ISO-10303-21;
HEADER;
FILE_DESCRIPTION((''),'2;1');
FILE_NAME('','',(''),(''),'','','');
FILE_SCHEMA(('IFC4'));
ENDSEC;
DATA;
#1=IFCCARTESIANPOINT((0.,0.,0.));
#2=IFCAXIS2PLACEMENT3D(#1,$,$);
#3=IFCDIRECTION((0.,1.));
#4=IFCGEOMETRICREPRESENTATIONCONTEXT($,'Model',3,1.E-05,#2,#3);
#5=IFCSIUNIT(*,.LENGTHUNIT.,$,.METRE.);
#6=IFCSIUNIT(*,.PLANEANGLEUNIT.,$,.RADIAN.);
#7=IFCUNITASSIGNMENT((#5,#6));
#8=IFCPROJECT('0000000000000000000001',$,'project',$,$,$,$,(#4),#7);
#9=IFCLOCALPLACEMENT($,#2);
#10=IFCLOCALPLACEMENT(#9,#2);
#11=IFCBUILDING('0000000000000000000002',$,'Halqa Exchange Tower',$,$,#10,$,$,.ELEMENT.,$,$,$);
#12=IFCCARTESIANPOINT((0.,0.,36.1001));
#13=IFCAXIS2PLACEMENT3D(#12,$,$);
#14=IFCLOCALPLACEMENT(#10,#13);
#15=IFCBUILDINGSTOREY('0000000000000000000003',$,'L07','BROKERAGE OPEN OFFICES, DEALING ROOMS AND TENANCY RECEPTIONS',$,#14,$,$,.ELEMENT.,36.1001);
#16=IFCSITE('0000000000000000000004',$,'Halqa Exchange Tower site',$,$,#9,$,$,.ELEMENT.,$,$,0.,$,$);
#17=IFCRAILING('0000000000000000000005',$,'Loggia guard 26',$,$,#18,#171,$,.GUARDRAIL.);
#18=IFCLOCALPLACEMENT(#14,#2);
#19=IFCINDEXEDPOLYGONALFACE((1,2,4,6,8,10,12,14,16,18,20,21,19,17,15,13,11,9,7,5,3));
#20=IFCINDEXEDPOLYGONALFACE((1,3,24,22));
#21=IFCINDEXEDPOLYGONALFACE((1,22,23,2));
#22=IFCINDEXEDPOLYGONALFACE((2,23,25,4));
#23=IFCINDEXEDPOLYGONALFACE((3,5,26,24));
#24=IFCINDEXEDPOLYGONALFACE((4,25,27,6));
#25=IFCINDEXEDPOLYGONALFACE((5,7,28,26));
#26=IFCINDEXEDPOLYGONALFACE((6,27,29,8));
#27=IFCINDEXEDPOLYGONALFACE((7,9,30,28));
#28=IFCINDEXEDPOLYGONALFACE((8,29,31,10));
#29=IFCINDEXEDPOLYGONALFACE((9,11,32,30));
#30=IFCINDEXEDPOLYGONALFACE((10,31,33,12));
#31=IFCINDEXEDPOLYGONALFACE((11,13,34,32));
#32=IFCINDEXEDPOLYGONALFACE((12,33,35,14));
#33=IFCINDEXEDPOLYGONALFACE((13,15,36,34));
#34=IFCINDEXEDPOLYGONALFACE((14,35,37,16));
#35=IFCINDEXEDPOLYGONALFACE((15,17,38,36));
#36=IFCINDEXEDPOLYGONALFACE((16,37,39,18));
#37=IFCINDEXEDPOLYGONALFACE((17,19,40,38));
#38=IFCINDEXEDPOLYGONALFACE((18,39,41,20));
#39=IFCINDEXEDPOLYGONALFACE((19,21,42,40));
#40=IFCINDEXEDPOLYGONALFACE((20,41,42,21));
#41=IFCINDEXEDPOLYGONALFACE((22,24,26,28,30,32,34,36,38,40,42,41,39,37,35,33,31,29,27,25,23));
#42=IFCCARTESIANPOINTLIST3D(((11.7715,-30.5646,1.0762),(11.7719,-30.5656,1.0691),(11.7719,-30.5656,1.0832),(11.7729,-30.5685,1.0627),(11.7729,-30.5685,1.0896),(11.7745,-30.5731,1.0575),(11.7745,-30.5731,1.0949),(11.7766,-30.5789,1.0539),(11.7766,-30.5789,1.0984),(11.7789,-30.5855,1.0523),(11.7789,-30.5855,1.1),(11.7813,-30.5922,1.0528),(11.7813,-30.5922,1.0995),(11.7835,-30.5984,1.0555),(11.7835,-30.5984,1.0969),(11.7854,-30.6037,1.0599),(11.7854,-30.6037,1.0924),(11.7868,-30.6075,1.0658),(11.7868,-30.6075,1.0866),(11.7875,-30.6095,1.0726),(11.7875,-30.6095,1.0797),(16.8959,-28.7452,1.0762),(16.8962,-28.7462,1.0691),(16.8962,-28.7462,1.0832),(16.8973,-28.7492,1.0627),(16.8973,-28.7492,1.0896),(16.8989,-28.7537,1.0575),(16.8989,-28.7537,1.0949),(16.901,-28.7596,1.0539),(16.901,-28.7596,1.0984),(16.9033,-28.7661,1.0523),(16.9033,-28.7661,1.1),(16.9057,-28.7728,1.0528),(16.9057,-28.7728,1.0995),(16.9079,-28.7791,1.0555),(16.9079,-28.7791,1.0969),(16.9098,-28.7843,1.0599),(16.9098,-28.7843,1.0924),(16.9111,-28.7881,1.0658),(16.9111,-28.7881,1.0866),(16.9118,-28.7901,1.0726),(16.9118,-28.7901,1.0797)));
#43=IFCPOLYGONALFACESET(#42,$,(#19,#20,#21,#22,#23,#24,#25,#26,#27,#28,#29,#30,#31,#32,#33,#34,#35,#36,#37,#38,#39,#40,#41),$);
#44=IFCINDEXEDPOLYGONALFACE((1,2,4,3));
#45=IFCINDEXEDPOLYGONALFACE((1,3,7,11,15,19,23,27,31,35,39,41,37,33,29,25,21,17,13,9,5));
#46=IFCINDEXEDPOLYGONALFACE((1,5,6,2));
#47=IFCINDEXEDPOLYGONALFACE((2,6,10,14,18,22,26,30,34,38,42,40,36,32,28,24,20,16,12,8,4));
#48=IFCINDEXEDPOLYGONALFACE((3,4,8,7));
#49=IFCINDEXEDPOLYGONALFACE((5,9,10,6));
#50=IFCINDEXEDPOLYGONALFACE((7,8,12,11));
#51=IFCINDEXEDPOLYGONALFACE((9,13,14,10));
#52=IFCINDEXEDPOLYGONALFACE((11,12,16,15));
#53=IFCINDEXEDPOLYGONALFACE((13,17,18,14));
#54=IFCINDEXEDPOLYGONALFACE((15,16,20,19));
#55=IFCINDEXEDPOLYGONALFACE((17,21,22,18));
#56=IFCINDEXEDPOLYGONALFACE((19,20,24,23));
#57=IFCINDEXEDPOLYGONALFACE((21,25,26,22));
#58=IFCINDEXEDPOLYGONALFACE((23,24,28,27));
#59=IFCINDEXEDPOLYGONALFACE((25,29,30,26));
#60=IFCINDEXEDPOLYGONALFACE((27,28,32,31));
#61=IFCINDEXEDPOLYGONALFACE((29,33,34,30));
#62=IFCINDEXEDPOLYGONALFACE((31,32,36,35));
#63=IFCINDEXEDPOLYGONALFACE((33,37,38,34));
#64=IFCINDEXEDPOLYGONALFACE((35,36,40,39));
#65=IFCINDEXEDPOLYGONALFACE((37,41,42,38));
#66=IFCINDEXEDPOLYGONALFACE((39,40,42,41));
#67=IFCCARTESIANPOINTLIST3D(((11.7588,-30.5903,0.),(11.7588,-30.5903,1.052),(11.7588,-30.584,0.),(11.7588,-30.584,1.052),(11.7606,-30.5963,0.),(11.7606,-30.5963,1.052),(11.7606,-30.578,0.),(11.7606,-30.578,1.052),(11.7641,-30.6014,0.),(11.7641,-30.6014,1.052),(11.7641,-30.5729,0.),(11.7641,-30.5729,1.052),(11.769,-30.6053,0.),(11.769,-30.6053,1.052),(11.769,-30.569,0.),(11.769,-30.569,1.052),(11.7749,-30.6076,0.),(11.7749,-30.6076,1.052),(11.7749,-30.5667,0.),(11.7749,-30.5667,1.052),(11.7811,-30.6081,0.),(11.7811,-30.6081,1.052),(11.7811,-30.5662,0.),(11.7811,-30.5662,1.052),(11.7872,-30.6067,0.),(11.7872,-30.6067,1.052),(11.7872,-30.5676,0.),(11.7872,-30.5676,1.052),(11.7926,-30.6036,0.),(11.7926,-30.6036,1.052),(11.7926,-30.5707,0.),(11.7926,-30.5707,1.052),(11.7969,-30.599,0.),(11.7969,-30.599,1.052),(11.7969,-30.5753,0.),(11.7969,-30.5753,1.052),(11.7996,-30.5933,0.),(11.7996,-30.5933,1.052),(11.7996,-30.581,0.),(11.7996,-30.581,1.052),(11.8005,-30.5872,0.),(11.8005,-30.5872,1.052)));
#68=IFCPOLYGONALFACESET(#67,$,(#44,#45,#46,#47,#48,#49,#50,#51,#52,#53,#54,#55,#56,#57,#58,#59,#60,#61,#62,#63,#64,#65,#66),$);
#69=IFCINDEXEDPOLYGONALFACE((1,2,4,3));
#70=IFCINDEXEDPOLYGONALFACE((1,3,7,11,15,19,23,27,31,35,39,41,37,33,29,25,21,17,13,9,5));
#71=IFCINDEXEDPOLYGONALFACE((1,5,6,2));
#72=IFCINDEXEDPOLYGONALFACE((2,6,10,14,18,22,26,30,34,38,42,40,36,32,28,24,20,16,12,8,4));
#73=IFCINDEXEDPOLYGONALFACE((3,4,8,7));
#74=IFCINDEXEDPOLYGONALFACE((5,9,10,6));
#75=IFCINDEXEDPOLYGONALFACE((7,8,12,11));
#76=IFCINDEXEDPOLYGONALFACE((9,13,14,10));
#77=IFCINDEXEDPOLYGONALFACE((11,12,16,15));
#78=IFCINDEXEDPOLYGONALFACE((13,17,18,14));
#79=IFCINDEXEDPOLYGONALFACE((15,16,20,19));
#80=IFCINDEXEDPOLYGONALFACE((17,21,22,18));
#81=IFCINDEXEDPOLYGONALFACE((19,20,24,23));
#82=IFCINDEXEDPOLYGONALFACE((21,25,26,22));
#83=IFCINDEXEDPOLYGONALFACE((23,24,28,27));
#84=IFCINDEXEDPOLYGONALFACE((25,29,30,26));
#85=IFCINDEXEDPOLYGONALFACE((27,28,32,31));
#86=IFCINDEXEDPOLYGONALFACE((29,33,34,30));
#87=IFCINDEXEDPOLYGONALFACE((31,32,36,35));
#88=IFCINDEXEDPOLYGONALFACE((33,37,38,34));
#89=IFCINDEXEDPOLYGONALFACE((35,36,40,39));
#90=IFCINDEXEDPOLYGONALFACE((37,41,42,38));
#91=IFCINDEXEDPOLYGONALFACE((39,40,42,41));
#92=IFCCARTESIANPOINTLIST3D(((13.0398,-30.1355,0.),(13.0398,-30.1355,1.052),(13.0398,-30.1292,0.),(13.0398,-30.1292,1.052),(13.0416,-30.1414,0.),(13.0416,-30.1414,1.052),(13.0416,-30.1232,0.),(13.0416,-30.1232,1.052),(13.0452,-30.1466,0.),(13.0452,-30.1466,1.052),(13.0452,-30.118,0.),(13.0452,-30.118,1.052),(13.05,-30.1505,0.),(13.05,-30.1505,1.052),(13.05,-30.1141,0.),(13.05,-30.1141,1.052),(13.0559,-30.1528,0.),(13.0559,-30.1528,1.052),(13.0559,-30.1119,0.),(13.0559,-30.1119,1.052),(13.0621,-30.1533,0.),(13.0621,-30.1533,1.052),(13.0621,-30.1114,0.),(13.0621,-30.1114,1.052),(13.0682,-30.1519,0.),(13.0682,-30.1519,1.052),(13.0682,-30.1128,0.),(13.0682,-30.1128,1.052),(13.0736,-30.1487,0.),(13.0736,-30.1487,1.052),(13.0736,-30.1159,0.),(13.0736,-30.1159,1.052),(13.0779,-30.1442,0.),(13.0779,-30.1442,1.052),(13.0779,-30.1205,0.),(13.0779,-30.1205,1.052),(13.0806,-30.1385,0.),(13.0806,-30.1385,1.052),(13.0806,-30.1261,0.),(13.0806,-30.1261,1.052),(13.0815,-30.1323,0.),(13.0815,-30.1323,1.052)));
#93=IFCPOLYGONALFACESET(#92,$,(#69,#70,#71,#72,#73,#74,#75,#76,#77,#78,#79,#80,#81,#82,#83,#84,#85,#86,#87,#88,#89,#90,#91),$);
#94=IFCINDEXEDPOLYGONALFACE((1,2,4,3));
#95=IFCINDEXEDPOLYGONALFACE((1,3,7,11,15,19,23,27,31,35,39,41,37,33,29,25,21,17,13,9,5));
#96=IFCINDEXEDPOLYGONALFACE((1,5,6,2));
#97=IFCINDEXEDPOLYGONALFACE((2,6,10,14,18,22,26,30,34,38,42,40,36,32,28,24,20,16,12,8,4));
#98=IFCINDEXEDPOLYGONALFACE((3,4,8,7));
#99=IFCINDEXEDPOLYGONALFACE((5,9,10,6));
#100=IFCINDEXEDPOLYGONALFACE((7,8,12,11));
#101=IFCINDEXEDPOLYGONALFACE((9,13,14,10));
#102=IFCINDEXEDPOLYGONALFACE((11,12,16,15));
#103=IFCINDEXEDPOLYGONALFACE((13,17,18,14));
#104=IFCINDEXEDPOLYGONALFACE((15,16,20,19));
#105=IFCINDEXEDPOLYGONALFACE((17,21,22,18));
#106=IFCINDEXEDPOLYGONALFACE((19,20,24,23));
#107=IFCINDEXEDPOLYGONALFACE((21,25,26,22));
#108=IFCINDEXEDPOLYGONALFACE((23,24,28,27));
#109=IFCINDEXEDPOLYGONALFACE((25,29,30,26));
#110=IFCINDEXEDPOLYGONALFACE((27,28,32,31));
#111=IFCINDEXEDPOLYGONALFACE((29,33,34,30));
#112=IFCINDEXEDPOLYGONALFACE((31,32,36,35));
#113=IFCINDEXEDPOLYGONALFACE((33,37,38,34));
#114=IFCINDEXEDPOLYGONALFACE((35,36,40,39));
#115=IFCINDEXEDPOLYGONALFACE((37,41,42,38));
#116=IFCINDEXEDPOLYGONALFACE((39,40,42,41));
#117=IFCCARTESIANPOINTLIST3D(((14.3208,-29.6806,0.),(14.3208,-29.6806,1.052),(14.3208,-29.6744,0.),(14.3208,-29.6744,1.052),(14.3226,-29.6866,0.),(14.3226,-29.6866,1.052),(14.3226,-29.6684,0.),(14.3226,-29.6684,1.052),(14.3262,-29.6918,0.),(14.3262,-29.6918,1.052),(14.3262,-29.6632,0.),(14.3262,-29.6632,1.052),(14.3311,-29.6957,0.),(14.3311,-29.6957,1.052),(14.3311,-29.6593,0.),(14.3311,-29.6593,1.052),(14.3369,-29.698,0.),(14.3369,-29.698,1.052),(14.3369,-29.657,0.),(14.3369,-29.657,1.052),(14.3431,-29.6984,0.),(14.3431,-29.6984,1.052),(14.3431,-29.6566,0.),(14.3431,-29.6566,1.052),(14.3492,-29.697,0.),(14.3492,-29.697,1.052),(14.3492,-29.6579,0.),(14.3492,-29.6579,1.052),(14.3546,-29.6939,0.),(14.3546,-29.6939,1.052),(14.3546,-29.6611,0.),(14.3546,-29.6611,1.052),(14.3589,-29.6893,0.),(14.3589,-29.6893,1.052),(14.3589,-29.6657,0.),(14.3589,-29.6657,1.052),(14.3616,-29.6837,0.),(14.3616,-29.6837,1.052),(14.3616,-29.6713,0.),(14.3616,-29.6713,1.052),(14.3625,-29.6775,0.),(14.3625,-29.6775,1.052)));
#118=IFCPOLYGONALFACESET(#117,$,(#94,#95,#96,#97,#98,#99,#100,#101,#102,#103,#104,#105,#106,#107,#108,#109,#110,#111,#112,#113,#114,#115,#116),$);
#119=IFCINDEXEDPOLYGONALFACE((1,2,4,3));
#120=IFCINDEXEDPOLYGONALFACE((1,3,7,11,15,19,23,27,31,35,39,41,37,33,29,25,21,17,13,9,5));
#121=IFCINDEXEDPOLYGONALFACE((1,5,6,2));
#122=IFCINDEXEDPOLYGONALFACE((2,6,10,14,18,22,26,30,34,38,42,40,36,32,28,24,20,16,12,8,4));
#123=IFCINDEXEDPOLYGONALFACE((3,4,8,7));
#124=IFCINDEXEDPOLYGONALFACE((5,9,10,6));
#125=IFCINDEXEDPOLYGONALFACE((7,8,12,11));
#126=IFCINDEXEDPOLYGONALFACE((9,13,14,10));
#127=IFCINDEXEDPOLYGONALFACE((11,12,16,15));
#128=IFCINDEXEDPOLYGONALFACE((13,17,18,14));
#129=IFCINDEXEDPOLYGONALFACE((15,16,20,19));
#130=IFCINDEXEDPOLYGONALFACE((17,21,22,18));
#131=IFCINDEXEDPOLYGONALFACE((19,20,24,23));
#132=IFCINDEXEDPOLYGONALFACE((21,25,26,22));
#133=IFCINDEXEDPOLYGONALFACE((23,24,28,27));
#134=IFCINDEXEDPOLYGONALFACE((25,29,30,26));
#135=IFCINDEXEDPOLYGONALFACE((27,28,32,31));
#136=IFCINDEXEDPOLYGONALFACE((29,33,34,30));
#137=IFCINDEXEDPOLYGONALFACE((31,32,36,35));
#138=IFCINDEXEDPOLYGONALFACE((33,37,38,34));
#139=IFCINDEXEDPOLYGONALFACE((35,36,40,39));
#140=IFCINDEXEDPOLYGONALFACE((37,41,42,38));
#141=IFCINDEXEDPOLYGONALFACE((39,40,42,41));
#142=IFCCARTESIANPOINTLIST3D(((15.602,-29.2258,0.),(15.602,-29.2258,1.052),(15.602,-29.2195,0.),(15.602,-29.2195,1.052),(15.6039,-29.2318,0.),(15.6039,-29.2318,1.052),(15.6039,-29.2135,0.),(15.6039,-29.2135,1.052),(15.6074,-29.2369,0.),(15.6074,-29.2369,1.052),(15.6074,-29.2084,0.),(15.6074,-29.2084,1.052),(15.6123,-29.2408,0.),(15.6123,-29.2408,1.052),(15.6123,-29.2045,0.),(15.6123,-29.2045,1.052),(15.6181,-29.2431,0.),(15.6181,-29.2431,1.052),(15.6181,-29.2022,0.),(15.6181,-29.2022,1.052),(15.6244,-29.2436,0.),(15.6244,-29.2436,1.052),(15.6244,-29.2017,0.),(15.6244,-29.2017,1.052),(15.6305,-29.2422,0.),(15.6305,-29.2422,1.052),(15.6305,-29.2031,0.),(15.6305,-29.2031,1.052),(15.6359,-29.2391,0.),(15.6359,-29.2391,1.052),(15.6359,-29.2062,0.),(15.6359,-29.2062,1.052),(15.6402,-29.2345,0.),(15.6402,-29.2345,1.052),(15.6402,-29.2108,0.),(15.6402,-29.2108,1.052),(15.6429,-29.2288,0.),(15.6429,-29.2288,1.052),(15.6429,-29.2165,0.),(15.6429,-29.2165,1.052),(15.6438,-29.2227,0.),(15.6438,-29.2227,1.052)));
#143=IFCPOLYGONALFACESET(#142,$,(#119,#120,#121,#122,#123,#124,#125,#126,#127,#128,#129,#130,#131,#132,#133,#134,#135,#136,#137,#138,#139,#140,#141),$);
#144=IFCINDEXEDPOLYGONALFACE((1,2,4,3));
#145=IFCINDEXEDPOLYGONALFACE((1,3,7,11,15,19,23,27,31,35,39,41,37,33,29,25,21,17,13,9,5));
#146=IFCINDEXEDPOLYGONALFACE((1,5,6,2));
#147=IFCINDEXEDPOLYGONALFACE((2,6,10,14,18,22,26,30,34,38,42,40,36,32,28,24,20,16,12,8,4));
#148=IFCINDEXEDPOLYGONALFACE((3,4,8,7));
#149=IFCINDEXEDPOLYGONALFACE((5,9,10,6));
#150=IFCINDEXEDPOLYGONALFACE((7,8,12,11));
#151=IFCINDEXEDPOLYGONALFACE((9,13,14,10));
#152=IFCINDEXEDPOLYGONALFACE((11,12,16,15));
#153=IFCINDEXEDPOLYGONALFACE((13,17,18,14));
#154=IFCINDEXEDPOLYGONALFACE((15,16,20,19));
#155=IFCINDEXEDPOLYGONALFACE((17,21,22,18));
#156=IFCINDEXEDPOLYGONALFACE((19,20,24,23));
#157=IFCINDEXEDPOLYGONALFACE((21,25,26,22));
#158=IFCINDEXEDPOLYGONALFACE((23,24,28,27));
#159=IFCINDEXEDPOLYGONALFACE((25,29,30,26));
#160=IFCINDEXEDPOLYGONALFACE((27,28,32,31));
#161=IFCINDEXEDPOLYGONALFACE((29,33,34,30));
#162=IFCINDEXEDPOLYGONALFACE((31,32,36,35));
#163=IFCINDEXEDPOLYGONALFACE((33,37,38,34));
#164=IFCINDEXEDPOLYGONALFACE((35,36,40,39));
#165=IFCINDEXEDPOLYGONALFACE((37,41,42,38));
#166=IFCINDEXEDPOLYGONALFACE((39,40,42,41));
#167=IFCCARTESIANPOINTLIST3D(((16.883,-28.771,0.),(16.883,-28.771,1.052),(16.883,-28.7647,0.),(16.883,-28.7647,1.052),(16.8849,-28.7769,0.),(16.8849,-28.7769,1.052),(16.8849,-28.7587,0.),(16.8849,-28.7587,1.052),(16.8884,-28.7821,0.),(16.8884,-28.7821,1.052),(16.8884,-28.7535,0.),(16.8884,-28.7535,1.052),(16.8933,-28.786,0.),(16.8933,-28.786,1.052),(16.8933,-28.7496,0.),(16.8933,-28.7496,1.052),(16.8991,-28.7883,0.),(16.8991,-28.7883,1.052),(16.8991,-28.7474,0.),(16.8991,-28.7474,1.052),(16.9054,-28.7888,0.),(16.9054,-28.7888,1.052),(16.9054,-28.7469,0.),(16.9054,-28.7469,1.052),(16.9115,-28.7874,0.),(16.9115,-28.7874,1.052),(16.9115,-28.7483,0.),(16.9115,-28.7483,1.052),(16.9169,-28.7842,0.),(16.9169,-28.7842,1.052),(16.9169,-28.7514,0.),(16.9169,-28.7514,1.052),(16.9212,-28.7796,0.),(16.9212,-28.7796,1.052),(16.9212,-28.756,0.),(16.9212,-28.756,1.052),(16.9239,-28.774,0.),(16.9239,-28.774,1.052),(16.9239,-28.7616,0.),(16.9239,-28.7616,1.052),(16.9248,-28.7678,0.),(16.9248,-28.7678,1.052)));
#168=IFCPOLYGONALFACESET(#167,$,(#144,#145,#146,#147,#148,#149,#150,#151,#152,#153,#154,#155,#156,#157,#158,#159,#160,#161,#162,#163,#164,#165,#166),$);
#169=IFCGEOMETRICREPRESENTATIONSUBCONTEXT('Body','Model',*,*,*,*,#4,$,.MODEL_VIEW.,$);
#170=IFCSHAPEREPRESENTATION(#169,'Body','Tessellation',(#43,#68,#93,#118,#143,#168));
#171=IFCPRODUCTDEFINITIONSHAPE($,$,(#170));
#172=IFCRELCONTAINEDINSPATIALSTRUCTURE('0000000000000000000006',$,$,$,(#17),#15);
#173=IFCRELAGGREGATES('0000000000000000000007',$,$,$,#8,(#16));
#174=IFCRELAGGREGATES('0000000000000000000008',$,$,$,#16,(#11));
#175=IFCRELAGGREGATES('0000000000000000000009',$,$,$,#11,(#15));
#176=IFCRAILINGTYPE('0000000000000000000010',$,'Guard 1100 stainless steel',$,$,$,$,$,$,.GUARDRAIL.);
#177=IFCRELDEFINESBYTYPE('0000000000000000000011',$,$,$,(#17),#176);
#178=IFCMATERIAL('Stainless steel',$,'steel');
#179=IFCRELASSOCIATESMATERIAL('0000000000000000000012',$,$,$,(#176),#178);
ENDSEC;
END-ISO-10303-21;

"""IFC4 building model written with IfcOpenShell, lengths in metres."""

from ifc_helpers import new_model, si_unit, direction, frame, origin, origin_2d, place, context, subcontext, project, spatial, circle, extrude, material, type_object, element, save


model = new_model("IFC4")

# Units and contexts
model_context = context("Model", 3, precision=1e-05, world=origin(), true_north=direction((0.0, 1.0)))
body_context = subcontext(model_context, "Body", "Model", "MODEL_VIEW")
ifc_project = project(units=[si_unit("LENGTHUNIT", "METRE"), si_unit("PLANEANGLEUNIT", "RADIAN")], contexts=[model_context])

# Site, building, storey
site_placement = place(None, origin())
site = spatial("IfcSite", under=ifc_project, at=site_placement, Name="Halqa Exchange Tower site", CompositionType="ELEMENT", RefElevation=0.0)
building_placement = place(site_placement, origin())
building = spatial("IfcBuilding", under=site, at=building_placement, Name="Halqa Exchange Tower", CompositionType="ELEMENT")
storey_placement = place(building_placement, frame((0.0, 0.0, 36.1001)))
storey = spatial("IfcBuildingStorey", under=building, at=storey_placement, Name="L07", Description="BROKERAGE OPEN OFFICES, DEALING ROOMS AND TENANCY RECEPTIONS", CompositionType="ELEMENT", Elevation=36.1001)

# Railing
ifc_material_1 = material(Name="Stainless steel", Category="steel")
railing_type = type_object("IfcRailingType", Name="Guard 1100 stainless steel", PredefinedType="GUARDRAIL", material=ifc_material_1)
railing_1_placement = place(storey_placement, frame((11.7795, -30.5872, 0.0)))
element("IfcRailing", 1, at=railing_1_placement, inside=storey, type_object=railing_type, Name="Loggia guard 26", PredefinedType="GUARDRAIL", context=body_context, shape_type="SweptSolid", body=[
    extrude(circle(Radius=0.0239, at=origin_2d()), frame((0.0, 0.0, 1.0762), z_axis=(0.942367, 0.334581, 0.0), x_axis=(-0.334581, 0.942367, 0.0)), (0.0, 0.0, 1.0), 5.4377),
    extrude(circle(Radius=0.021, at=origin_2d()), origin(), (0.0, 0.0, 1.0), 1.052),
    extrude(circle(Radius=0.021, at=origin_2d()), frame((1.281, 0.4548, 0.0)), (0.0, 0.0, 1.0), 1.052),
    extrude(circle(Radius=0.021, at=origin_2d()), frame((2.562, 0.9097, 0.0)), (0.0, 0.0, 1.0), 1.052),
    extrude(circle(Radius=0.021, at=origin_2d()), frame((3.8433, 1.3645, 0.0)), (0.0, 0.0, 1.0), 1.052),
    extrude(circle(Radius=0.021, at=origin_2d()), frame((5.1243, 1.8193, 0.0)), (0.0, 0.0, 1.0), 1.052),
])

save(model, "model.ifc")
